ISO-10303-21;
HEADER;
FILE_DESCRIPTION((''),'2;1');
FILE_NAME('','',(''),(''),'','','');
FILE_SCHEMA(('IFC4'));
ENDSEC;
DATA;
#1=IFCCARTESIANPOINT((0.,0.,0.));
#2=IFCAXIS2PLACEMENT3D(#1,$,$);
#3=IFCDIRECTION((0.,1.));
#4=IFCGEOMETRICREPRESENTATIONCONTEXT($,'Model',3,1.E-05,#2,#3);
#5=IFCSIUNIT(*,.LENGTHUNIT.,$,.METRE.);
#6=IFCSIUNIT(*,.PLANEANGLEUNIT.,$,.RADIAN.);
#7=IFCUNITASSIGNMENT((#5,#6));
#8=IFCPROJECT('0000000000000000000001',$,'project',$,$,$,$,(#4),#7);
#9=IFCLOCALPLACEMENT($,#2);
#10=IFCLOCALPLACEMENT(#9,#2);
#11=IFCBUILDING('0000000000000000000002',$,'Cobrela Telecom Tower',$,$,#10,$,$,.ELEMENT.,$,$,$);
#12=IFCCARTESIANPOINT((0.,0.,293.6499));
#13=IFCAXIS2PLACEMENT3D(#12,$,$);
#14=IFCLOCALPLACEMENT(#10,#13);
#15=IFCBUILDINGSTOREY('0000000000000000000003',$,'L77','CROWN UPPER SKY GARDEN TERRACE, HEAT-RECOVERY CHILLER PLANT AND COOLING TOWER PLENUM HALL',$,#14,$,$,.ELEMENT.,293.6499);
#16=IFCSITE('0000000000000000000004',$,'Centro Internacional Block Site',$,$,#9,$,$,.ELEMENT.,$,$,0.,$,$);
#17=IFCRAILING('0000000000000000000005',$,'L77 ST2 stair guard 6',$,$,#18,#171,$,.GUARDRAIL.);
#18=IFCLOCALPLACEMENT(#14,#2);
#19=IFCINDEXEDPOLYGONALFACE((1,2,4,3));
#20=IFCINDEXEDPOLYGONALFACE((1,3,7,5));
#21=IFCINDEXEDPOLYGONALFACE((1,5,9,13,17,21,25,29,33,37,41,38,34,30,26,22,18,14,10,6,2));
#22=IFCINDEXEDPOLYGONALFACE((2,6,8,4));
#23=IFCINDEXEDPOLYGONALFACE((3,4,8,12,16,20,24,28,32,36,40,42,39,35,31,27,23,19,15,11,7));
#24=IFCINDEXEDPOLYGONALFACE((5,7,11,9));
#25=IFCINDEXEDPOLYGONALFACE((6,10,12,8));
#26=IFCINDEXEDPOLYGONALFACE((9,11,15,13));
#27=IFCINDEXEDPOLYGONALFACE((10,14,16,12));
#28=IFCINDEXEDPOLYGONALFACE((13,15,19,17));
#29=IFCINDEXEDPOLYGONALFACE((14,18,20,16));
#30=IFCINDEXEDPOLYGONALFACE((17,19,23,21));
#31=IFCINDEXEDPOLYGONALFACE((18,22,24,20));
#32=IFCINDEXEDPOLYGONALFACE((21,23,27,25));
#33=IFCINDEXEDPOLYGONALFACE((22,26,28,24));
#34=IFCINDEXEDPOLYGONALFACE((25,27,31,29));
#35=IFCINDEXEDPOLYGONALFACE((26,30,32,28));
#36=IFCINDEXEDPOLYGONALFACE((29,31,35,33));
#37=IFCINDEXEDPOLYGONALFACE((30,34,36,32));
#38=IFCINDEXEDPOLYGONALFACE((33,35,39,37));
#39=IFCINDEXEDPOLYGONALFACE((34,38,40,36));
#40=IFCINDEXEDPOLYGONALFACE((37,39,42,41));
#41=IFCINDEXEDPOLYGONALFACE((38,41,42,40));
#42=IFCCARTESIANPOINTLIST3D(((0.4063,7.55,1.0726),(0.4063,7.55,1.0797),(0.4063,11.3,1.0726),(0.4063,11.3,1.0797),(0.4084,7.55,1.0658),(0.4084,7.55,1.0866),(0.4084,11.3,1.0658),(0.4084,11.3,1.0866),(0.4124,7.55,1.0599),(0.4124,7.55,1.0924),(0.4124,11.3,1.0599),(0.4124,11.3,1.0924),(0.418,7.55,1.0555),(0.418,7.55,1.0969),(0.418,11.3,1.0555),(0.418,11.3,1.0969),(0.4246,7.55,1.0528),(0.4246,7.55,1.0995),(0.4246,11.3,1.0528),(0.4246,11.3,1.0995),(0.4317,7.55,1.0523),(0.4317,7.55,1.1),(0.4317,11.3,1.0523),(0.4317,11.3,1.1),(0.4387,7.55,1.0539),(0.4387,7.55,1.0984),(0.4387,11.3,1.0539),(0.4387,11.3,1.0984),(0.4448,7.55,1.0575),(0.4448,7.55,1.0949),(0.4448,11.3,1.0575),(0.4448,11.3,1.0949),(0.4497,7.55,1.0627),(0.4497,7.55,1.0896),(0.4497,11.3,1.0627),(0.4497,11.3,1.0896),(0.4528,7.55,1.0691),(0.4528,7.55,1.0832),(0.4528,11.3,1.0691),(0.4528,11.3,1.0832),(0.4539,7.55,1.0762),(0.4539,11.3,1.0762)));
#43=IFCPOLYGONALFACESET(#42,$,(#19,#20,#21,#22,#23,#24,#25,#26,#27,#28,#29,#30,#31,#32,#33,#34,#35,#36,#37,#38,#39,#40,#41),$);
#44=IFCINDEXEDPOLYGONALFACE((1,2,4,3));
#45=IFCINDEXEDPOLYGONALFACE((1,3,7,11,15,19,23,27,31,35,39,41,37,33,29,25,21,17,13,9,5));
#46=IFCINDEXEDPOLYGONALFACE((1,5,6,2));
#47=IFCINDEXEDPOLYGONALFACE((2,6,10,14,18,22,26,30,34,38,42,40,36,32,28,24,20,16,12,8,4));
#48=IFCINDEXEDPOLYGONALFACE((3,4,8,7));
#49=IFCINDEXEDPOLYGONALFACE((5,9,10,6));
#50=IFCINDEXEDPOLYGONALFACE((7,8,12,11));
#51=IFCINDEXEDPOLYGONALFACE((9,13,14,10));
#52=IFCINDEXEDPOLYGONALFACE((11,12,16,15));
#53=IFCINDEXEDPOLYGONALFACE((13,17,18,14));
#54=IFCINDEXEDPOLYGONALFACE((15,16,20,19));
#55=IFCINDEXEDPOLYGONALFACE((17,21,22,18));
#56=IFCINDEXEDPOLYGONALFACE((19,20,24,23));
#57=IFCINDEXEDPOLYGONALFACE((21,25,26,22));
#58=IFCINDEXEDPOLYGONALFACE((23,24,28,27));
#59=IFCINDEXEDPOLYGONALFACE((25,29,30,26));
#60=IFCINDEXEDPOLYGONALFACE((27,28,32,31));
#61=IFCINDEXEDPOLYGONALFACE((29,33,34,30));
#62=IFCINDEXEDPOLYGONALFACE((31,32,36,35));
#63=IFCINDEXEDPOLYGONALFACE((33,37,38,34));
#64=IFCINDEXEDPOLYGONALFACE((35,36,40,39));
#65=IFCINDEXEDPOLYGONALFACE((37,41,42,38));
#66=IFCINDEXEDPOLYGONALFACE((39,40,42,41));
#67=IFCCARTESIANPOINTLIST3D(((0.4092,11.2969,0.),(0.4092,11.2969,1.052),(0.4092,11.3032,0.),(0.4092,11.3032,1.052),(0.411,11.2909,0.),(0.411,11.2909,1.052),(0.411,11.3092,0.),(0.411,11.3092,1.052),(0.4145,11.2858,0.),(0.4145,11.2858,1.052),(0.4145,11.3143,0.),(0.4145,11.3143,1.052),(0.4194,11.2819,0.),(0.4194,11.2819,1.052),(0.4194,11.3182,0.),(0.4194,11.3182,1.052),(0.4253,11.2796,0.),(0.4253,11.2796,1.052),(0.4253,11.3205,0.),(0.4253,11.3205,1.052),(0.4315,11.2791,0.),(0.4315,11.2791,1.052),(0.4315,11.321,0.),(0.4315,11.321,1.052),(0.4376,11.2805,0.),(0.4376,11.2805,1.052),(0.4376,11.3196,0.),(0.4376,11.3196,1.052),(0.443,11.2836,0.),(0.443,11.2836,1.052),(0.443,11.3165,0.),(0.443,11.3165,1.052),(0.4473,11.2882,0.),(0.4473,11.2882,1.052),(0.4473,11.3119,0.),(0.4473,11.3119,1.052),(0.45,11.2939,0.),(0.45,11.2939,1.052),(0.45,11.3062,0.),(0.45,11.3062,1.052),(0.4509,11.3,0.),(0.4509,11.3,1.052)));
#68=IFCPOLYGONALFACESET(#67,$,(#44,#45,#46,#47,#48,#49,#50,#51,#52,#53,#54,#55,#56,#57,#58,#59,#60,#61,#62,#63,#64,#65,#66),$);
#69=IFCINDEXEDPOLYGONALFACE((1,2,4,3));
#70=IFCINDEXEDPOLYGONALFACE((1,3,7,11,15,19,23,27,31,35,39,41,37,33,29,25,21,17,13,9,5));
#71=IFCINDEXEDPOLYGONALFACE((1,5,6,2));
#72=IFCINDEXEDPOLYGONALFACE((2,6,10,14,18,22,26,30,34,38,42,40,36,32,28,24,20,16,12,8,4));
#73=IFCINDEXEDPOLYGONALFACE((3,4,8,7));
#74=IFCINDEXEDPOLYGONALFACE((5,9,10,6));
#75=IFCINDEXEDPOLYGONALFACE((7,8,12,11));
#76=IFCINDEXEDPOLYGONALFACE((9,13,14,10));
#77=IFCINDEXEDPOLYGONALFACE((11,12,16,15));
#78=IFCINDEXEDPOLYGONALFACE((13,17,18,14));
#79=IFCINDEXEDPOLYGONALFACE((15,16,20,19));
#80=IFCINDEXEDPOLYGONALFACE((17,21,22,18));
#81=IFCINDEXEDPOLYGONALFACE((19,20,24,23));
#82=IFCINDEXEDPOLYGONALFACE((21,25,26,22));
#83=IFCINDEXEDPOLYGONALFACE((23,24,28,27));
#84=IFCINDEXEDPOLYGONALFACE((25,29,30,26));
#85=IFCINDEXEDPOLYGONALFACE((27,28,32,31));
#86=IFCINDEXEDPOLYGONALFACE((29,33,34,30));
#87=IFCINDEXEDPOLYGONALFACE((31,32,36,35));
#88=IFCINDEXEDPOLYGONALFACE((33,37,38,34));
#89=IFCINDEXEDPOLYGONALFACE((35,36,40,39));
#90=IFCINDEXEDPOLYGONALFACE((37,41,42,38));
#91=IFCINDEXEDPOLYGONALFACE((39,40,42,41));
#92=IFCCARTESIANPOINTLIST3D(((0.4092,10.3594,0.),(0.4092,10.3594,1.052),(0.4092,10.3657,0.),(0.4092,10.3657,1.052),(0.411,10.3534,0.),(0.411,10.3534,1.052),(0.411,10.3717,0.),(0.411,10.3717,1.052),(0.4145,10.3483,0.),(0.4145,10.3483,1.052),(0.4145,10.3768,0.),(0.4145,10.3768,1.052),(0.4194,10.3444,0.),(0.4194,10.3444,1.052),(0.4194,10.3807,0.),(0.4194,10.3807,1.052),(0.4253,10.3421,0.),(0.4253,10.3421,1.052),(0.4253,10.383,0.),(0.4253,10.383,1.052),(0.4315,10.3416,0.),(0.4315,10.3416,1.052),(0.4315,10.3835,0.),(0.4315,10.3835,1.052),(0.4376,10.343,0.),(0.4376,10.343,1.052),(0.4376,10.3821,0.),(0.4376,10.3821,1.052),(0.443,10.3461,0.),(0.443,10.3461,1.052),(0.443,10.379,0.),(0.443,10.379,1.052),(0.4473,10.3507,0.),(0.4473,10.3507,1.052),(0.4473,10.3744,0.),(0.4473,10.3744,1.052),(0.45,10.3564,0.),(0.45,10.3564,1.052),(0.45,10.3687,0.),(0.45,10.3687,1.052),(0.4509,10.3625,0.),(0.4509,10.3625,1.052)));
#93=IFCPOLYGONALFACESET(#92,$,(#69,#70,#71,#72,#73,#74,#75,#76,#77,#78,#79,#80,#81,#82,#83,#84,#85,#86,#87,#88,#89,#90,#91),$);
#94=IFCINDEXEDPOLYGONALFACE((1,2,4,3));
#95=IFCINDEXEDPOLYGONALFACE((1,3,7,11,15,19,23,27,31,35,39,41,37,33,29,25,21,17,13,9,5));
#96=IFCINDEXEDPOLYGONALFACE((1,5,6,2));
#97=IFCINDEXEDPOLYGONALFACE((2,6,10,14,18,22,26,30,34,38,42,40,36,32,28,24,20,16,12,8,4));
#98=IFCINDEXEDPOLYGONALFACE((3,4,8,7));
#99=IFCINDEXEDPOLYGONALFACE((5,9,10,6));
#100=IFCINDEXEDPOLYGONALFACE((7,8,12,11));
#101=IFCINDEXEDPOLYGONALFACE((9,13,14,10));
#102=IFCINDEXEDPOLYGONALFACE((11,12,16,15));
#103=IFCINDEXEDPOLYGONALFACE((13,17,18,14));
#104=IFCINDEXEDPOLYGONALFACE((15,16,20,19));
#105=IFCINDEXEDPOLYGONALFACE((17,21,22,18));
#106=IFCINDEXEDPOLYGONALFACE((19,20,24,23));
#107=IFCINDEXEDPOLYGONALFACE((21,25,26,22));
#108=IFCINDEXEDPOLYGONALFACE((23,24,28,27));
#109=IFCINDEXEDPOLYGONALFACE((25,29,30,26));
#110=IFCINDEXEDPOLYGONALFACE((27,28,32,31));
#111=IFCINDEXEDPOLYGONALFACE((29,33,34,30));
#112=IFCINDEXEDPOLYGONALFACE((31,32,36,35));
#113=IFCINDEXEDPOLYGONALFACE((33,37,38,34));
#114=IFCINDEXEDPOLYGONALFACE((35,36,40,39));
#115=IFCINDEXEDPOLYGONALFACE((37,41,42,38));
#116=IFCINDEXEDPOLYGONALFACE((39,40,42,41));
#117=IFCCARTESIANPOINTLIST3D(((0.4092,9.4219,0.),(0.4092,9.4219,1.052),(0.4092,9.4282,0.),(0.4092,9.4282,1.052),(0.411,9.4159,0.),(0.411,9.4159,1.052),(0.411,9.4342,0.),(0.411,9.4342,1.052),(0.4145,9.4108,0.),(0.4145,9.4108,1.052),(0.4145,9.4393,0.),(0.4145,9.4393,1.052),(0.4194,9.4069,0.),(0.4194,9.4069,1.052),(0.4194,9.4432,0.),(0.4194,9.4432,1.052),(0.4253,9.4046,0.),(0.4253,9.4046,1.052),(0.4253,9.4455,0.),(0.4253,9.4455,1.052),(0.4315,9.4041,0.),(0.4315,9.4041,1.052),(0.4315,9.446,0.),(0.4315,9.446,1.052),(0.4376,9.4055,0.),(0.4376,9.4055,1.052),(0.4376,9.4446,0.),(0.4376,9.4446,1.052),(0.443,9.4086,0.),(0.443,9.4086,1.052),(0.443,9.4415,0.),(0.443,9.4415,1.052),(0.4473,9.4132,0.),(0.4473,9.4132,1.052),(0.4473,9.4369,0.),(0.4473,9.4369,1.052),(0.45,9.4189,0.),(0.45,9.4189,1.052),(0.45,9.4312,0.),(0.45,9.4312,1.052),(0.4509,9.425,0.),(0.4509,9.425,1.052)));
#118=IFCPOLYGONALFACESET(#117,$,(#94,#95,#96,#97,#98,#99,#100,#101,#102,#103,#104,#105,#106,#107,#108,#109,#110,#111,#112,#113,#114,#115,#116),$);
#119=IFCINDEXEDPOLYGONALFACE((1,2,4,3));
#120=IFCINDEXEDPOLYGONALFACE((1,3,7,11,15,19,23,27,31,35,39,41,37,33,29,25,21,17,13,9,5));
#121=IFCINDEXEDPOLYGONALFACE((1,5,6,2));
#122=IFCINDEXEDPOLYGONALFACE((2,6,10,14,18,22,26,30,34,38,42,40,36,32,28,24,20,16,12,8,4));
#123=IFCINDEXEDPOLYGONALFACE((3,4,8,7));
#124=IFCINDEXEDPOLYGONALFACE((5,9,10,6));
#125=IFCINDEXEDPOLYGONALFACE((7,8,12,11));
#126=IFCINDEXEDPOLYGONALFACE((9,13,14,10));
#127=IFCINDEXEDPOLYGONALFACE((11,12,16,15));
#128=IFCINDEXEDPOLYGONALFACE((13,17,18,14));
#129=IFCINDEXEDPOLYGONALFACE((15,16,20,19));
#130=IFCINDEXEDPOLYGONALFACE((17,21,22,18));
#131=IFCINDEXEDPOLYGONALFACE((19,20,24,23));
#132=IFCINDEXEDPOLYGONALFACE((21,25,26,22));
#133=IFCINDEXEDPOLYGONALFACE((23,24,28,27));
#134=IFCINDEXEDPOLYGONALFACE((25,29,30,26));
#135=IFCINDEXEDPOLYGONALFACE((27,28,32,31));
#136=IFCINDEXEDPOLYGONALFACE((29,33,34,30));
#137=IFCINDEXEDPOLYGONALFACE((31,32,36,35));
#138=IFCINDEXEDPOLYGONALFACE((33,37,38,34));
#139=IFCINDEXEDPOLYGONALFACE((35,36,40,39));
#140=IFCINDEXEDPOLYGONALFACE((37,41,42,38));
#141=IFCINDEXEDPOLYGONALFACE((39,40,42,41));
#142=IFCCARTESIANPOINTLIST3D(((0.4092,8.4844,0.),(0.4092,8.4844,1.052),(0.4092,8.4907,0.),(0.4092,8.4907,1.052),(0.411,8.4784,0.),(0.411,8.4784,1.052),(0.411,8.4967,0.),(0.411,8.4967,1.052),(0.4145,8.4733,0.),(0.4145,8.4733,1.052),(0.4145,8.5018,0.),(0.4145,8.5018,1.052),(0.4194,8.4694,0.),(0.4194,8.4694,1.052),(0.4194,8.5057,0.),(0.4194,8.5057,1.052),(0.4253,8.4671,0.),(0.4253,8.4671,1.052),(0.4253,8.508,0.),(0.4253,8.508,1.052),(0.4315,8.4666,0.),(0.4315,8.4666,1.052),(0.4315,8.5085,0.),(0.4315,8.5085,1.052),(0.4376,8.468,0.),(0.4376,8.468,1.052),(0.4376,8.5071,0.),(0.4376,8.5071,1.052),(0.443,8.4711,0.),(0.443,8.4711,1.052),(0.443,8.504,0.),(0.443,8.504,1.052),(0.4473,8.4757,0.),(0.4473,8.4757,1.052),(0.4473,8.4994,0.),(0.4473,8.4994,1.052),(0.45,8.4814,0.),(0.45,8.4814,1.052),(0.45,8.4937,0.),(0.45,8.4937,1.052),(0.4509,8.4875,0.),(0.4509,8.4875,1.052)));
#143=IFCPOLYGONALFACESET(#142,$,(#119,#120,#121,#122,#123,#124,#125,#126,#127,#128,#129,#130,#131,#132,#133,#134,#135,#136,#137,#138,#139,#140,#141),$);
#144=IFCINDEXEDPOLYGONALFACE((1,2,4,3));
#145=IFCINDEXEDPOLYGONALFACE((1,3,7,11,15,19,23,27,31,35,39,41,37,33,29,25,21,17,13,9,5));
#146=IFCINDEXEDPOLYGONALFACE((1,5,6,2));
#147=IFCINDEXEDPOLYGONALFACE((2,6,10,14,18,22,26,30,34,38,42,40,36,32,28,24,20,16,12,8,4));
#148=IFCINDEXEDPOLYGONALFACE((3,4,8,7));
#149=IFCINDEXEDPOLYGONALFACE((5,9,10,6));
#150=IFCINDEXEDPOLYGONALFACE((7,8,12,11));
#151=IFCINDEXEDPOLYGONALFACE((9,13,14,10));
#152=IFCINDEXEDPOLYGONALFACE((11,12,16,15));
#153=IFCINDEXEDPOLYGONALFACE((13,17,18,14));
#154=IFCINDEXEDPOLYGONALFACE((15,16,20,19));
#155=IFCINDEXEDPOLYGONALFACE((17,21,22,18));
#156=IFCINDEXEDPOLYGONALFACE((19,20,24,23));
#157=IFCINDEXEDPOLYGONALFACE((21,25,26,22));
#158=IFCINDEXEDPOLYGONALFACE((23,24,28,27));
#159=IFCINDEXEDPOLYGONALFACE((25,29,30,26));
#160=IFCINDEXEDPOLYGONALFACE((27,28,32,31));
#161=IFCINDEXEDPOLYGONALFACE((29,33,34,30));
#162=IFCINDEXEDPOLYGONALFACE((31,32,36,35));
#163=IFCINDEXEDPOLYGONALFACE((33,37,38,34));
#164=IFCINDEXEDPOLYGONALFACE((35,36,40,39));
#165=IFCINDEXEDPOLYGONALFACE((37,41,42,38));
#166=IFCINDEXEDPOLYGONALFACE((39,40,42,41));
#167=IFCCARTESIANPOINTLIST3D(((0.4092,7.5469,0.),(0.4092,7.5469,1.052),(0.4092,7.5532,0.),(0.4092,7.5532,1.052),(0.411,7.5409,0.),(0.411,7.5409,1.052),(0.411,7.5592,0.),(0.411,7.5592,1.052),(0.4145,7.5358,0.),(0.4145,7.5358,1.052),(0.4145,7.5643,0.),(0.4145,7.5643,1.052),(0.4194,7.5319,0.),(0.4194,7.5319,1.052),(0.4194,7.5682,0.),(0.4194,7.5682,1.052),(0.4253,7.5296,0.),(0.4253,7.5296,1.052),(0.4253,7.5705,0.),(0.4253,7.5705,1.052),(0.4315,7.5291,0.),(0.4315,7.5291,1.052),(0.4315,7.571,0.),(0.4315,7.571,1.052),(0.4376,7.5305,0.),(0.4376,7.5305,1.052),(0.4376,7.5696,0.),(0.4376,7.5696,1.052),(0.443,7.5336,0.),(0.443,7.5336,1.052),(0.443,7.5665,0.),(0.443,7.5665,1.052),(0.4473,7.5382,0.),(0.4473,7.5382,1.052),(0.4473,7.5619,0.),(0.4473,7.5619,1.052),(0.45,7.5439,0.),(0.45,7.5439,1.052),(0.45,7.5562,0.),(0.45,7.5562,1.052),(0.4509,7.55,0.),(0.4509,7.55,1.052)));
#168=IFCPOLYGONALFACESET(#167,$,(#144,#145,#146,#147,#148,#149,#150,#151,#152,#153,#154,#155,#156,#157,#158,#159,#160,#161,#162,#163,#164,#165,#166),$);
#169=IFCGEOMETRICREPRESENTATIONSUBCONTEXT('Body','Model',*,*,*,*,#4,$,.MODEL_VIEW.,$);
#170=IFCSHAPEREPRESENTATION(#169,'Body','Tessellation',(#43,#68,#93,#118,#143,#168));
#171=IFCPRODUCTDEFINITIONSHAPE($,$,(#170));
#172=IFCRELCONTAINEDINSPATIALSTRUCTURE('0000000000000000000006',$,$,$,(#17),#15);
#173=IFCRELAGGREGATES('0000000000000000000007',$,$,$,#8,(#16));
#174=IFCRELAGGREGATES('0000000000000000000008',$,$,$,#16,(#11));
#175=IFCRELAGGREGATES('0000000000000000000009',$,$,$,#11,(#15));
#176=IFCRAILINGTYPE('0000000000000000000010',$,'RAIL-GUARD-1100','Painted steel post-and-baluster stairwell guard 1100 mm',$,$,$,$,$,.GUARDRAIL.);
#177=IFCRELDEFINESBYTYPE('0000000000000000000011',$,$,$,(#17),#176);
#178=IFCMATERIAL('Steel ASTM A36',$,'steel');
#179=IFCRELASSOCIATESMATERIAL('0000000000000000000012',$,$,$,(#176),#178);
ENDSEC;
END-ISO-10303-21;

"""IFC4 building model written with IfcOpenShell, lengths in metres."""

from ifc_helpers import new_model, si_unit, direction, frame, origin, origin_2d, place, context, subcontext, project, spatial, circle, extrude, material, type_object, element, save


model = new_model("IFC4")

# Units and contexts
model_context = context("Model", 3, precision=1e-05, world=origin(), true_north=direction((0.0, 1.0)))
body_context = subcontext(model_context, "Body", "Model", "MODEL_VIEW")
ifc_project = project(units=[si_unit("LENGTHUNIT", "METRE"), si_unit("PLANEANGLEUNIT", "RADIAN")], contexts=[model_context])

# Site, building, storey
site_placement = place(None, origin())
site = spatial("IfcSite", under=ifc_project, at=site_placement, Name="Centro Internacional Block Site", CompositionType="ELEMENT", RefElevation=0.0)
building_placement = place(site_placement, origin())
building = spatial("IfcBuilding", under=site, at=building_placement, Name="Cobrela Telecom Tower", CompositionType="ELEMENT")
storey_placement = place(building_placement, frame((0.0, 0.0, 293.6499)))
storey = spatial("IfcBuildingStorey", under=building, at=storey_placement, Name="L77", Description="CROWN UPPER SKY GARDEN TERRACE, HEAT-RECOVERY CHILLER PLANT AND COOLING TOWER PLENUM HALL", CompositionType="ELEMENT", Elevation=293.6499)

# Railing
ifc_material_1 = material(Name="Steel ASTM A36", Category="steel")
railing_type_1 = type_object("IfcRailingType", Name="RAIL-GUARD-1100", Description="Painted steel post-and-baluster stairwell guard 1100 mm", PredefinedType="GUARDRAIL", material=ifc_material_1)
railing_1_placement = place(storey_placement, frame((0.4299, 11.3, 0.0)))
element("IfcRailing", 1, at=railing_1_placement, inside=storey, type_object=railing_type_1, Name="L77 ST2 stair guard 6", PredefinedType="GUARDRAIL", context=body_context, shape_type="SweptSolid", body=[
    extrude(circle(Radius=0.0239, at=origin_2d()), frame((0.0, 0.0, 1.0762), z_axis=(0.0, -1.0, 0.0), x_axis=(1.0, 0.0, 0.0)), (0.0, 0.0, 1.0), 3.75),
    extrude(circle(Radius=0.021, at=origin_2d()), origin(), (0.0, 0.0, 1.0), 1.052),
    extrude(circle(Radius=0.021, at=origin_2d()), frame((0.0, -0.9375, 0.0)), (0.0, 0.0, 1.0), 1.052),
    extrude(circle(Radius=0.021, at=origin_2d()), frame((0.0, -1.875, 0.0)), (0.0, 0.0, 1.0), 1.052),
    extrude(circle(Radius=0.021, at=origin_2d()), frame((0.0, -2.8125, 0.0)), (0.0, 0.0, 1.0), 1.052),
    extrude(circle(Radius=0.021, at=origin_2d()), frame((0.0, -3.75, 0.0)), (0.0, 0.0, 1.0), 1.052),
])

save(model, "model.ifc")
